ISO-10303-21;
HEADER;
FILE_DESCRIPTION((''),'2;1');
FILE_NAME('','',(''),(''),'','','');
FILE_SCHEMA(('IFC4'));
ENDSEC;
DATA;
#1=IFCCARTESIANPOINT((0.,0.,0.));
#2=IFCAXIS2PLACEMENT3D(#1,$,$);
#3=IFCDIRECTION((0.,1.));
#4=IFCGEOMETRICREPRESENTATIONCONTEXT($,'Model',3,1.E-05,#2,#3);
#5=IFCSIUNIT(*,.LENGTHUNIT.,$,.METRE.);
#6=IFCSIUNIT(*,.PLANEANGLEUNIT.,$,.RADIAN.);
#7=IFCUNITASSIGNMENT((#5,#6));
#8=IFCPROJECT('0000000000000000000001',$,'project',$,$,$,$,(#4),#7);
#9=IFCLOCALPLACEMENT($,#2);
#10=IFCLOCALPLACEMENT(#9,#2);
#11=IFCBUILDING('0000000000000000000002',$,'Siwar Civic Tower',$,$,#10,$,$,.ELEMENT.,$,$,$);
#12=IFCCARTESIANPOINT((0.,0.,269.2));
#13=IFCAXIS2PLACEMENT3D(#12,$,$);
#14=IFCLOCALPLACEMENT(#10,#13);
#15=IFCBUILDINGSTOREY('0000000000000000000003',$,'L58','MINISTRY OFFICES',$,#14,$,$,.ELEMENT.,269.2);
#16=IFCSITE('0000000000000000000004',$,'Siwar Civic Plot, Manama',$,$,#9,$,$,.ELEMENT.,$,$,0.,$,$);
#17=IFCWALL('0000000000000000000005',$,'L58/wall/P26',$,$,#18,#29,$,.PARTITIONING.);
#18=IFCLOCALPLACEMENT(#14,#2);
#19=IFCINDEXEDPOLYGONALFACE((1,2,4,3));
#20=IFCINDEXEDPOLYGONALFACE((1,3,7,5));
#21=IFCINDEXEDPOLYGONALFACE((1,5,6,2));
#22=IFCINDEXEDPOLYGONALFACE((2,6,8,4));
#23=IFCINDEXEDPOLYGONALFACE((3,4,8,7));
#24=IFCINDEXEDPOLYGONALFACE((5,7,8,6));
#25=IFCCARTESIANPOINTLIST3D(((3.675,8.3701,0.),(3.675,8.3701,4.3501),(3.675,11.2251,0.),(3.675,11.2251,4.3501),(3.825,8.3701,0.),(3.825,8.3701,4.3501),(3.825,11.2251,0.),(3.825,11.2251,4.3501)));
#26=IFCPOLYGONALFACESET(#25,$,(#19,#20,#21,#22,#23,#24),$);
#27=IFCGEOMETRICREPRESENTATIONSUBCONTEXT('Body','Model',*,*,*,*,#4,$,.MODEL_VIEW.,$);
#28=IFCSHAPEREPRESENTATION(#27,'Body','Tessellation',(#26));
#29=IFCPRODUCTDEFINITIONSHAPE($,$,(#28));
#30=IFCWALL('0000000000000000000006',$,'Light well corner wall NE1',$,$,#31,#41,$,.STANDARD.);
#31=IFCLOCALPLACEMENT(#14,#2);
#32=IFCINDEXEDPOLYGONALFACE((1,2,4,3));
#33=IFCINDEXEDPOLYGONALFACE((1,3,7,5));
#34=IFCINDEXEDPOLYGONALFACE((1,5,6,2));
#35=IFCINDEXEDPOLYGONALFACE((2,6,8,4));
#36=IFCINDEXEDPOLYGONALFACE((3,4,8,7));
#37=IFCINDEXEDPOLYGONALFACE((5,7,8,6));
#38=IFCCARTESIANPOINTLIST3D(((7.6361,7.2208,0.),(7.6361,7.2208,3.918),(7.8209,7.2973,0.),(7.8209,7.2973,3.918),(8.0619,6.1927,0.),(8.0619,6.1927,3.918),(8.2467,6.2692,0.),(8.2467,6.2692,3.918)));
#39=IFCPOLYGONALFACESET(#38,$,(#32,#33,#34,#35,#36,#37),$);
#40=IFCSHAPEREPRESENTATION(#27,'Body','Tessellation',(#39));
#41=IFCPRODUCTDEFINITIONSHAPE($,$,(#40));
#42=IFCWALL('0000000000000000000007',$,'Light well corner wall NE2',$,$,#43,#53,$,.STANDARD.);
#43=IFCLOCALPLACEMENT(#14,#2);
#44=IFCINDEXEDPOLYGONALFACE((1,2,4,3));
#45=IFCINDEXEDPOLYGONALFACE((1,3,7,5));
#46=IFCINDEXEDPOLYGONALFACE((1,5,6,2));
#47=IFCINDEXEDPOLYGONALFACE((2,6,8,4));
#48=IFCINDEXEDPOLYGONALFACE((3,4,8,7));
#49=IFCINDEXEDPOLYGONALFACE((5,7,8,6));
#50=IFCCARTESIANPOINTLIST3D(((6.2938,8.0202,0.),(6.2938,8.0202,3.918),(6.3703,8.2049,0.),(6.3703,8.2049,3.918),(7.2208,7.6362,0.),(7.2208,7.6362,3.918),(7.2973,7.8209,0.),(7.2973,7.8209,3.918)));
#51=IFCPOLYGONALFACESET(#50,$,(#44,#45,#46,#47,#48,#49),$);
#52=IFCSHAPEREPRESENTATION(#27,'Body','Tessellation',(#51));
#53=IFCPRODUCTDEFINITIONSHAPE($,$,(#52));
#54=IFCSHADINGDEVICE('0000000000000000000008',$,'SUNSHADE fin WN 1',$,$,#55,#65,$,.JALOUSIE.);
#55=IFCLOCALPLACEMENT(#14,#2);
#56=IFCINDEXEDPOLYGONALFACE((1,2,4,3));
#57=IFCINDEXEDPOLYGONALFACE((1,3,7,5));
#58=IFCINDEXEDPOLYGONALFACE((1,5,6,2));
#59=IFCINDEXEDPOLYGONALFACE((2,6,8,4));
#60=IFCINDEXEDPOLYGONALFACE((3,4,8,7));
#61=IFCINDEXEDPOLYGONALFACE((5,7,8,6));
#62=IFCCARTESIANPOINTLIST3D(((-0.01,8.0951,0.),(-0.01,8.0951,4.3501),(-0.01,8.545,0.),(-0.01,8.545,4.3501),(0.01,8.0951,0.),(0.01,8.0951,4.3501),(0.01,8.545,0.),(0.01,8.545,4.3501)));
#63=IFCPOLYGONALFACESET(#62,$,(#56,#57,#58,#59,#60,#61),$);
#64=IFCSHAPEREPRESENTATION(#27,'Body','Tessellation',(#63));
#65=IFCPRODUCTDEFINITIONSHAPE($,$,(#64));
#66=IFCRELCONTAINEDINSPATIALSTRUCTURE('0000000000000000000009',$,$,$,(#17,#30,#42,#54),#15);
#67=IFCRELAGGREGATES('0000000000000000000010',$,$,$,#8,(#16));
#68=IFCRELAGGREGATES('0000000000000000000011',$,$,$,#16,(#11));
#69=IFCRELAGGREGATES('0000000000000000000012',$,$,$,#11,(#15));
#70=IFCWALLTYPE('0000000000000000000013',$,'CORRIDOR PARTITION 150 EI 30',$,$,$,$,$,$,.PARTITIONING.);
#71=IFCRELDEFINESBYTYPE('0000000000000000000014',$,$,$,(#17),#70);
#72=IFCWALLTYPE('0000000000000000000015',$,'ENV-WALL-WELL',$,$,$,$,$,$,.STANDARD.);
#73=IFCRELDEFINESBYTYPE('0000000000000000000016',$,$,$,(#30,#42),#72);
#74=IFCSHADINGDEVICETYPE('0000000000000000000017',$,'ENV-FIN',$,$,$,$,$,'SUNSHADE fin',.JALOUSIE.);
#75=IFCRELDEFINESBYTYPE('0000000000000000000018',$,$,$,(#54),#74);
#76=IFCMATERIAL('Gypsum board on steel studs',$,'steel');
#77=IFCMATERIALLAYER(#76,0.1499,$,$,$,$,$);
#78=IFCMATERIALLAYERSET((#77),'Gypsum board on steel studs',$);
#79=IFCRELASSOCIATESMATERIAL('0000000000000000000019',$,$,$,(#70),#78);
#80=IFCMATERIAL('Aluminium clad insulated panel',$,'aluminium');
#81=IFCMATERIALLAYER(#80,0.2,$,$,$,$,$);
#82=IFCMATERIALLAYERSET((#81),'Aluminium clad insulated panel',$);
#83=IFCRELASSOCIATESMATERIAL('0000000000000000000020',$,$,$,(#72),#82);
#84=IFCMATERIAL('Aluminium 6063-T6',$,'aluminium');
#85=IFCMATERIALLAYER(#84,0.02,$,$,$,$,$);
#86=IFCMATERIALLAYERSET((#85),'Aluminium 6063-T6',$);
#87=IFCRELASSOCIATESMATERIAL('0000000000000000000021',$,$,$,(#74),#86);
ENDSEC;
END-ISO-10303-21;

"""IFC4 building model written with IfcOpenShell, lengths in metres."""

from ifc_helpers import new_model, si_unit, direction, frame, frame_2d, origin, origin_2d, place, context, subcontext, project, spatial, rectangle, extrude, material, layer, layer_set, type_object, element, save


model = new_model("IFC4")

# Units and contexts
model_context = context("Model", 3, precision=1e-05, world=origin(), true_north=direction((0.0, 1.0)))
body_context = subcontext(model_context, "Body", "Model", "MODEL_VIEW")
ifc_project = project(units=[si_unit("LENGTHUNIT", "METRE"), si_unit("PLANEANGLEUNIT", "RADIAN")], contexts=[model_context])

# Site, building, storey
site_placement = place(None, origin())
site = spatial("IfcSite", under=ifc_project, at=site_placement, Name="Siwar Civic Plot, Manama", CompositionType="ELEMENT", RefElevation=0.0)
building_placement = place(site_placement, origin())
building = spatial("IfcBuilding", under=site, at=building_placement, Name="Siwar Civic Tower", CompositionType="ELEMENT")
storey_placement = place(building_placement, frame((0.0, 0.0, 269.2)))
storey = spatial("IfcBuildingStorey", under=building, at=storey_placement, Name="L58", Description="MINISTRY OFFICES", CompositionType="ELEMENT", Elevation=269.2)

# Walls
ifc_material_1 = material(Name="Gypsum board on steel studs", Category="steel")
ifc_layer_1 = layer(ifc_material_1, 0.1499)
ifc_layer_set_1 = layer_set([ifc_layer_1], Name="Gypsum board on steel studs")
wall_type_1 = type_object("IfcWallType", Name="CORRIDOR PARTITION 150 EI 30", PredefinedType="PARTITIONING", material=ifc_layer_set_1)
wall_1_placement = place(storey_placement, frame((3.75, 8.3701, 0.0), z_axis=(0.0, 0.0, 1.0), x_axis=(0.0, 1.0, 0.0)))
element("IfcWall", 1, at=wall_1_placement, inside=storey, type_object=wall_type_1, Name="L58/wall/P26", PredefinedType="PARTITIONING", context=body_context, shape_type="SweptSolid", body=[
    extrude(rectangle(XDim=2.855, YDim=0.1499, at=frame_2d((1.4275, 0.0))), origin(), (0.0, 0.0, 1.0), 4.3501),
])
ifc_material_2 = material(Name="Aluminium clad insulated panel", Category="aluminium")
ifc_layer_2 = layer(ifc_material_2, 0.2)
ifc_layer_set_2 = layer_set([ifc_layer_2], Name="Aluminium clad insulated panel")
wall_type_2 = type_object("IfcWallType", Name="ENV-WALL-WELL", PredefinedType="STANDARD", material=ifc_layer_set_2)
wall_2_placement = place(storey_placement, frame((8.1543, 6.231, 0.0), z_axis=(0.0, 0.0, 1.0), x_axis=(-0.382636, 0.923899, 0.0)))
element("IfcWall", 2, at=wall_2_placement, inside=storey, type_object=wall_type_2, Name="Light well corner wall NE1", PredefinedType="STANDARD", context=body_context, shape_type="SweptSolid", body=[
    extrude(rectangle(XDim=1.1128, YDim=0.2, at=frame_2d((0.5564, 0.0))), origin(), (0.0, 0.0, 1.0), 3.918),
])
wall_3_placement = place(storey_placement, frame((7.259, 7.7285, 0.0), z_axis=(0.0, 0.0, 1.0), x_axis=(-0.92386, 0.382731, 0.0)))
element("IfcWall", 3, at=wall_3_placement, inside=storey, type_object=wall_type_2, Name="Light well corner wall NE2", PredefinedType="STANDARD", context=body_context, shape_type="SweptSolid", body=[
    extrude(rectangle(XDim=1.0034, YDim=0.2, at=frame_2d((0.5017, 0.0))), origin(), (0.0, 0.0, 1.0), 3.918),
])

# Shading device
ifc_material_3 = material(Name="Aluminium 6063-T6", Category="aluminium")
ifc_layer_3 = layer(ifc_material_3, 0.02)
ifc_layer_set_3 = layer_set([ifc_layer_3], Name="Aluminium 6063-T6")
shading_device_type = type_object("IfcShadingDeviceType", Name="ENV-FIN", ElementType="SUNSHADE fin", PredefinedType="JALOUSIE", material=ifc_layer_set_3)
shading_device_placement = place(storey_placement, frame((0.0, 8.3201, 0.0), z_axis=(0.0, 0.0, 1.0), x_axis=(-1.0, 0.0, 0.0)))
element("IfcShadingDevice", 4, at=shading_device_placement, inside=storey, type_object=shading_device_type, Name="SUNSHADE fin WN 1", PredefinedType="JALOUSIE", context=body_context, shape_type="SweptSolid", body=[
    extrude(rectangle(XDim=0.02, YDim=0.45, at=origin_2d()), origin(), (0.0, 0.0, 1.0), 4.3501),
])

save(model, "model.ifc")
